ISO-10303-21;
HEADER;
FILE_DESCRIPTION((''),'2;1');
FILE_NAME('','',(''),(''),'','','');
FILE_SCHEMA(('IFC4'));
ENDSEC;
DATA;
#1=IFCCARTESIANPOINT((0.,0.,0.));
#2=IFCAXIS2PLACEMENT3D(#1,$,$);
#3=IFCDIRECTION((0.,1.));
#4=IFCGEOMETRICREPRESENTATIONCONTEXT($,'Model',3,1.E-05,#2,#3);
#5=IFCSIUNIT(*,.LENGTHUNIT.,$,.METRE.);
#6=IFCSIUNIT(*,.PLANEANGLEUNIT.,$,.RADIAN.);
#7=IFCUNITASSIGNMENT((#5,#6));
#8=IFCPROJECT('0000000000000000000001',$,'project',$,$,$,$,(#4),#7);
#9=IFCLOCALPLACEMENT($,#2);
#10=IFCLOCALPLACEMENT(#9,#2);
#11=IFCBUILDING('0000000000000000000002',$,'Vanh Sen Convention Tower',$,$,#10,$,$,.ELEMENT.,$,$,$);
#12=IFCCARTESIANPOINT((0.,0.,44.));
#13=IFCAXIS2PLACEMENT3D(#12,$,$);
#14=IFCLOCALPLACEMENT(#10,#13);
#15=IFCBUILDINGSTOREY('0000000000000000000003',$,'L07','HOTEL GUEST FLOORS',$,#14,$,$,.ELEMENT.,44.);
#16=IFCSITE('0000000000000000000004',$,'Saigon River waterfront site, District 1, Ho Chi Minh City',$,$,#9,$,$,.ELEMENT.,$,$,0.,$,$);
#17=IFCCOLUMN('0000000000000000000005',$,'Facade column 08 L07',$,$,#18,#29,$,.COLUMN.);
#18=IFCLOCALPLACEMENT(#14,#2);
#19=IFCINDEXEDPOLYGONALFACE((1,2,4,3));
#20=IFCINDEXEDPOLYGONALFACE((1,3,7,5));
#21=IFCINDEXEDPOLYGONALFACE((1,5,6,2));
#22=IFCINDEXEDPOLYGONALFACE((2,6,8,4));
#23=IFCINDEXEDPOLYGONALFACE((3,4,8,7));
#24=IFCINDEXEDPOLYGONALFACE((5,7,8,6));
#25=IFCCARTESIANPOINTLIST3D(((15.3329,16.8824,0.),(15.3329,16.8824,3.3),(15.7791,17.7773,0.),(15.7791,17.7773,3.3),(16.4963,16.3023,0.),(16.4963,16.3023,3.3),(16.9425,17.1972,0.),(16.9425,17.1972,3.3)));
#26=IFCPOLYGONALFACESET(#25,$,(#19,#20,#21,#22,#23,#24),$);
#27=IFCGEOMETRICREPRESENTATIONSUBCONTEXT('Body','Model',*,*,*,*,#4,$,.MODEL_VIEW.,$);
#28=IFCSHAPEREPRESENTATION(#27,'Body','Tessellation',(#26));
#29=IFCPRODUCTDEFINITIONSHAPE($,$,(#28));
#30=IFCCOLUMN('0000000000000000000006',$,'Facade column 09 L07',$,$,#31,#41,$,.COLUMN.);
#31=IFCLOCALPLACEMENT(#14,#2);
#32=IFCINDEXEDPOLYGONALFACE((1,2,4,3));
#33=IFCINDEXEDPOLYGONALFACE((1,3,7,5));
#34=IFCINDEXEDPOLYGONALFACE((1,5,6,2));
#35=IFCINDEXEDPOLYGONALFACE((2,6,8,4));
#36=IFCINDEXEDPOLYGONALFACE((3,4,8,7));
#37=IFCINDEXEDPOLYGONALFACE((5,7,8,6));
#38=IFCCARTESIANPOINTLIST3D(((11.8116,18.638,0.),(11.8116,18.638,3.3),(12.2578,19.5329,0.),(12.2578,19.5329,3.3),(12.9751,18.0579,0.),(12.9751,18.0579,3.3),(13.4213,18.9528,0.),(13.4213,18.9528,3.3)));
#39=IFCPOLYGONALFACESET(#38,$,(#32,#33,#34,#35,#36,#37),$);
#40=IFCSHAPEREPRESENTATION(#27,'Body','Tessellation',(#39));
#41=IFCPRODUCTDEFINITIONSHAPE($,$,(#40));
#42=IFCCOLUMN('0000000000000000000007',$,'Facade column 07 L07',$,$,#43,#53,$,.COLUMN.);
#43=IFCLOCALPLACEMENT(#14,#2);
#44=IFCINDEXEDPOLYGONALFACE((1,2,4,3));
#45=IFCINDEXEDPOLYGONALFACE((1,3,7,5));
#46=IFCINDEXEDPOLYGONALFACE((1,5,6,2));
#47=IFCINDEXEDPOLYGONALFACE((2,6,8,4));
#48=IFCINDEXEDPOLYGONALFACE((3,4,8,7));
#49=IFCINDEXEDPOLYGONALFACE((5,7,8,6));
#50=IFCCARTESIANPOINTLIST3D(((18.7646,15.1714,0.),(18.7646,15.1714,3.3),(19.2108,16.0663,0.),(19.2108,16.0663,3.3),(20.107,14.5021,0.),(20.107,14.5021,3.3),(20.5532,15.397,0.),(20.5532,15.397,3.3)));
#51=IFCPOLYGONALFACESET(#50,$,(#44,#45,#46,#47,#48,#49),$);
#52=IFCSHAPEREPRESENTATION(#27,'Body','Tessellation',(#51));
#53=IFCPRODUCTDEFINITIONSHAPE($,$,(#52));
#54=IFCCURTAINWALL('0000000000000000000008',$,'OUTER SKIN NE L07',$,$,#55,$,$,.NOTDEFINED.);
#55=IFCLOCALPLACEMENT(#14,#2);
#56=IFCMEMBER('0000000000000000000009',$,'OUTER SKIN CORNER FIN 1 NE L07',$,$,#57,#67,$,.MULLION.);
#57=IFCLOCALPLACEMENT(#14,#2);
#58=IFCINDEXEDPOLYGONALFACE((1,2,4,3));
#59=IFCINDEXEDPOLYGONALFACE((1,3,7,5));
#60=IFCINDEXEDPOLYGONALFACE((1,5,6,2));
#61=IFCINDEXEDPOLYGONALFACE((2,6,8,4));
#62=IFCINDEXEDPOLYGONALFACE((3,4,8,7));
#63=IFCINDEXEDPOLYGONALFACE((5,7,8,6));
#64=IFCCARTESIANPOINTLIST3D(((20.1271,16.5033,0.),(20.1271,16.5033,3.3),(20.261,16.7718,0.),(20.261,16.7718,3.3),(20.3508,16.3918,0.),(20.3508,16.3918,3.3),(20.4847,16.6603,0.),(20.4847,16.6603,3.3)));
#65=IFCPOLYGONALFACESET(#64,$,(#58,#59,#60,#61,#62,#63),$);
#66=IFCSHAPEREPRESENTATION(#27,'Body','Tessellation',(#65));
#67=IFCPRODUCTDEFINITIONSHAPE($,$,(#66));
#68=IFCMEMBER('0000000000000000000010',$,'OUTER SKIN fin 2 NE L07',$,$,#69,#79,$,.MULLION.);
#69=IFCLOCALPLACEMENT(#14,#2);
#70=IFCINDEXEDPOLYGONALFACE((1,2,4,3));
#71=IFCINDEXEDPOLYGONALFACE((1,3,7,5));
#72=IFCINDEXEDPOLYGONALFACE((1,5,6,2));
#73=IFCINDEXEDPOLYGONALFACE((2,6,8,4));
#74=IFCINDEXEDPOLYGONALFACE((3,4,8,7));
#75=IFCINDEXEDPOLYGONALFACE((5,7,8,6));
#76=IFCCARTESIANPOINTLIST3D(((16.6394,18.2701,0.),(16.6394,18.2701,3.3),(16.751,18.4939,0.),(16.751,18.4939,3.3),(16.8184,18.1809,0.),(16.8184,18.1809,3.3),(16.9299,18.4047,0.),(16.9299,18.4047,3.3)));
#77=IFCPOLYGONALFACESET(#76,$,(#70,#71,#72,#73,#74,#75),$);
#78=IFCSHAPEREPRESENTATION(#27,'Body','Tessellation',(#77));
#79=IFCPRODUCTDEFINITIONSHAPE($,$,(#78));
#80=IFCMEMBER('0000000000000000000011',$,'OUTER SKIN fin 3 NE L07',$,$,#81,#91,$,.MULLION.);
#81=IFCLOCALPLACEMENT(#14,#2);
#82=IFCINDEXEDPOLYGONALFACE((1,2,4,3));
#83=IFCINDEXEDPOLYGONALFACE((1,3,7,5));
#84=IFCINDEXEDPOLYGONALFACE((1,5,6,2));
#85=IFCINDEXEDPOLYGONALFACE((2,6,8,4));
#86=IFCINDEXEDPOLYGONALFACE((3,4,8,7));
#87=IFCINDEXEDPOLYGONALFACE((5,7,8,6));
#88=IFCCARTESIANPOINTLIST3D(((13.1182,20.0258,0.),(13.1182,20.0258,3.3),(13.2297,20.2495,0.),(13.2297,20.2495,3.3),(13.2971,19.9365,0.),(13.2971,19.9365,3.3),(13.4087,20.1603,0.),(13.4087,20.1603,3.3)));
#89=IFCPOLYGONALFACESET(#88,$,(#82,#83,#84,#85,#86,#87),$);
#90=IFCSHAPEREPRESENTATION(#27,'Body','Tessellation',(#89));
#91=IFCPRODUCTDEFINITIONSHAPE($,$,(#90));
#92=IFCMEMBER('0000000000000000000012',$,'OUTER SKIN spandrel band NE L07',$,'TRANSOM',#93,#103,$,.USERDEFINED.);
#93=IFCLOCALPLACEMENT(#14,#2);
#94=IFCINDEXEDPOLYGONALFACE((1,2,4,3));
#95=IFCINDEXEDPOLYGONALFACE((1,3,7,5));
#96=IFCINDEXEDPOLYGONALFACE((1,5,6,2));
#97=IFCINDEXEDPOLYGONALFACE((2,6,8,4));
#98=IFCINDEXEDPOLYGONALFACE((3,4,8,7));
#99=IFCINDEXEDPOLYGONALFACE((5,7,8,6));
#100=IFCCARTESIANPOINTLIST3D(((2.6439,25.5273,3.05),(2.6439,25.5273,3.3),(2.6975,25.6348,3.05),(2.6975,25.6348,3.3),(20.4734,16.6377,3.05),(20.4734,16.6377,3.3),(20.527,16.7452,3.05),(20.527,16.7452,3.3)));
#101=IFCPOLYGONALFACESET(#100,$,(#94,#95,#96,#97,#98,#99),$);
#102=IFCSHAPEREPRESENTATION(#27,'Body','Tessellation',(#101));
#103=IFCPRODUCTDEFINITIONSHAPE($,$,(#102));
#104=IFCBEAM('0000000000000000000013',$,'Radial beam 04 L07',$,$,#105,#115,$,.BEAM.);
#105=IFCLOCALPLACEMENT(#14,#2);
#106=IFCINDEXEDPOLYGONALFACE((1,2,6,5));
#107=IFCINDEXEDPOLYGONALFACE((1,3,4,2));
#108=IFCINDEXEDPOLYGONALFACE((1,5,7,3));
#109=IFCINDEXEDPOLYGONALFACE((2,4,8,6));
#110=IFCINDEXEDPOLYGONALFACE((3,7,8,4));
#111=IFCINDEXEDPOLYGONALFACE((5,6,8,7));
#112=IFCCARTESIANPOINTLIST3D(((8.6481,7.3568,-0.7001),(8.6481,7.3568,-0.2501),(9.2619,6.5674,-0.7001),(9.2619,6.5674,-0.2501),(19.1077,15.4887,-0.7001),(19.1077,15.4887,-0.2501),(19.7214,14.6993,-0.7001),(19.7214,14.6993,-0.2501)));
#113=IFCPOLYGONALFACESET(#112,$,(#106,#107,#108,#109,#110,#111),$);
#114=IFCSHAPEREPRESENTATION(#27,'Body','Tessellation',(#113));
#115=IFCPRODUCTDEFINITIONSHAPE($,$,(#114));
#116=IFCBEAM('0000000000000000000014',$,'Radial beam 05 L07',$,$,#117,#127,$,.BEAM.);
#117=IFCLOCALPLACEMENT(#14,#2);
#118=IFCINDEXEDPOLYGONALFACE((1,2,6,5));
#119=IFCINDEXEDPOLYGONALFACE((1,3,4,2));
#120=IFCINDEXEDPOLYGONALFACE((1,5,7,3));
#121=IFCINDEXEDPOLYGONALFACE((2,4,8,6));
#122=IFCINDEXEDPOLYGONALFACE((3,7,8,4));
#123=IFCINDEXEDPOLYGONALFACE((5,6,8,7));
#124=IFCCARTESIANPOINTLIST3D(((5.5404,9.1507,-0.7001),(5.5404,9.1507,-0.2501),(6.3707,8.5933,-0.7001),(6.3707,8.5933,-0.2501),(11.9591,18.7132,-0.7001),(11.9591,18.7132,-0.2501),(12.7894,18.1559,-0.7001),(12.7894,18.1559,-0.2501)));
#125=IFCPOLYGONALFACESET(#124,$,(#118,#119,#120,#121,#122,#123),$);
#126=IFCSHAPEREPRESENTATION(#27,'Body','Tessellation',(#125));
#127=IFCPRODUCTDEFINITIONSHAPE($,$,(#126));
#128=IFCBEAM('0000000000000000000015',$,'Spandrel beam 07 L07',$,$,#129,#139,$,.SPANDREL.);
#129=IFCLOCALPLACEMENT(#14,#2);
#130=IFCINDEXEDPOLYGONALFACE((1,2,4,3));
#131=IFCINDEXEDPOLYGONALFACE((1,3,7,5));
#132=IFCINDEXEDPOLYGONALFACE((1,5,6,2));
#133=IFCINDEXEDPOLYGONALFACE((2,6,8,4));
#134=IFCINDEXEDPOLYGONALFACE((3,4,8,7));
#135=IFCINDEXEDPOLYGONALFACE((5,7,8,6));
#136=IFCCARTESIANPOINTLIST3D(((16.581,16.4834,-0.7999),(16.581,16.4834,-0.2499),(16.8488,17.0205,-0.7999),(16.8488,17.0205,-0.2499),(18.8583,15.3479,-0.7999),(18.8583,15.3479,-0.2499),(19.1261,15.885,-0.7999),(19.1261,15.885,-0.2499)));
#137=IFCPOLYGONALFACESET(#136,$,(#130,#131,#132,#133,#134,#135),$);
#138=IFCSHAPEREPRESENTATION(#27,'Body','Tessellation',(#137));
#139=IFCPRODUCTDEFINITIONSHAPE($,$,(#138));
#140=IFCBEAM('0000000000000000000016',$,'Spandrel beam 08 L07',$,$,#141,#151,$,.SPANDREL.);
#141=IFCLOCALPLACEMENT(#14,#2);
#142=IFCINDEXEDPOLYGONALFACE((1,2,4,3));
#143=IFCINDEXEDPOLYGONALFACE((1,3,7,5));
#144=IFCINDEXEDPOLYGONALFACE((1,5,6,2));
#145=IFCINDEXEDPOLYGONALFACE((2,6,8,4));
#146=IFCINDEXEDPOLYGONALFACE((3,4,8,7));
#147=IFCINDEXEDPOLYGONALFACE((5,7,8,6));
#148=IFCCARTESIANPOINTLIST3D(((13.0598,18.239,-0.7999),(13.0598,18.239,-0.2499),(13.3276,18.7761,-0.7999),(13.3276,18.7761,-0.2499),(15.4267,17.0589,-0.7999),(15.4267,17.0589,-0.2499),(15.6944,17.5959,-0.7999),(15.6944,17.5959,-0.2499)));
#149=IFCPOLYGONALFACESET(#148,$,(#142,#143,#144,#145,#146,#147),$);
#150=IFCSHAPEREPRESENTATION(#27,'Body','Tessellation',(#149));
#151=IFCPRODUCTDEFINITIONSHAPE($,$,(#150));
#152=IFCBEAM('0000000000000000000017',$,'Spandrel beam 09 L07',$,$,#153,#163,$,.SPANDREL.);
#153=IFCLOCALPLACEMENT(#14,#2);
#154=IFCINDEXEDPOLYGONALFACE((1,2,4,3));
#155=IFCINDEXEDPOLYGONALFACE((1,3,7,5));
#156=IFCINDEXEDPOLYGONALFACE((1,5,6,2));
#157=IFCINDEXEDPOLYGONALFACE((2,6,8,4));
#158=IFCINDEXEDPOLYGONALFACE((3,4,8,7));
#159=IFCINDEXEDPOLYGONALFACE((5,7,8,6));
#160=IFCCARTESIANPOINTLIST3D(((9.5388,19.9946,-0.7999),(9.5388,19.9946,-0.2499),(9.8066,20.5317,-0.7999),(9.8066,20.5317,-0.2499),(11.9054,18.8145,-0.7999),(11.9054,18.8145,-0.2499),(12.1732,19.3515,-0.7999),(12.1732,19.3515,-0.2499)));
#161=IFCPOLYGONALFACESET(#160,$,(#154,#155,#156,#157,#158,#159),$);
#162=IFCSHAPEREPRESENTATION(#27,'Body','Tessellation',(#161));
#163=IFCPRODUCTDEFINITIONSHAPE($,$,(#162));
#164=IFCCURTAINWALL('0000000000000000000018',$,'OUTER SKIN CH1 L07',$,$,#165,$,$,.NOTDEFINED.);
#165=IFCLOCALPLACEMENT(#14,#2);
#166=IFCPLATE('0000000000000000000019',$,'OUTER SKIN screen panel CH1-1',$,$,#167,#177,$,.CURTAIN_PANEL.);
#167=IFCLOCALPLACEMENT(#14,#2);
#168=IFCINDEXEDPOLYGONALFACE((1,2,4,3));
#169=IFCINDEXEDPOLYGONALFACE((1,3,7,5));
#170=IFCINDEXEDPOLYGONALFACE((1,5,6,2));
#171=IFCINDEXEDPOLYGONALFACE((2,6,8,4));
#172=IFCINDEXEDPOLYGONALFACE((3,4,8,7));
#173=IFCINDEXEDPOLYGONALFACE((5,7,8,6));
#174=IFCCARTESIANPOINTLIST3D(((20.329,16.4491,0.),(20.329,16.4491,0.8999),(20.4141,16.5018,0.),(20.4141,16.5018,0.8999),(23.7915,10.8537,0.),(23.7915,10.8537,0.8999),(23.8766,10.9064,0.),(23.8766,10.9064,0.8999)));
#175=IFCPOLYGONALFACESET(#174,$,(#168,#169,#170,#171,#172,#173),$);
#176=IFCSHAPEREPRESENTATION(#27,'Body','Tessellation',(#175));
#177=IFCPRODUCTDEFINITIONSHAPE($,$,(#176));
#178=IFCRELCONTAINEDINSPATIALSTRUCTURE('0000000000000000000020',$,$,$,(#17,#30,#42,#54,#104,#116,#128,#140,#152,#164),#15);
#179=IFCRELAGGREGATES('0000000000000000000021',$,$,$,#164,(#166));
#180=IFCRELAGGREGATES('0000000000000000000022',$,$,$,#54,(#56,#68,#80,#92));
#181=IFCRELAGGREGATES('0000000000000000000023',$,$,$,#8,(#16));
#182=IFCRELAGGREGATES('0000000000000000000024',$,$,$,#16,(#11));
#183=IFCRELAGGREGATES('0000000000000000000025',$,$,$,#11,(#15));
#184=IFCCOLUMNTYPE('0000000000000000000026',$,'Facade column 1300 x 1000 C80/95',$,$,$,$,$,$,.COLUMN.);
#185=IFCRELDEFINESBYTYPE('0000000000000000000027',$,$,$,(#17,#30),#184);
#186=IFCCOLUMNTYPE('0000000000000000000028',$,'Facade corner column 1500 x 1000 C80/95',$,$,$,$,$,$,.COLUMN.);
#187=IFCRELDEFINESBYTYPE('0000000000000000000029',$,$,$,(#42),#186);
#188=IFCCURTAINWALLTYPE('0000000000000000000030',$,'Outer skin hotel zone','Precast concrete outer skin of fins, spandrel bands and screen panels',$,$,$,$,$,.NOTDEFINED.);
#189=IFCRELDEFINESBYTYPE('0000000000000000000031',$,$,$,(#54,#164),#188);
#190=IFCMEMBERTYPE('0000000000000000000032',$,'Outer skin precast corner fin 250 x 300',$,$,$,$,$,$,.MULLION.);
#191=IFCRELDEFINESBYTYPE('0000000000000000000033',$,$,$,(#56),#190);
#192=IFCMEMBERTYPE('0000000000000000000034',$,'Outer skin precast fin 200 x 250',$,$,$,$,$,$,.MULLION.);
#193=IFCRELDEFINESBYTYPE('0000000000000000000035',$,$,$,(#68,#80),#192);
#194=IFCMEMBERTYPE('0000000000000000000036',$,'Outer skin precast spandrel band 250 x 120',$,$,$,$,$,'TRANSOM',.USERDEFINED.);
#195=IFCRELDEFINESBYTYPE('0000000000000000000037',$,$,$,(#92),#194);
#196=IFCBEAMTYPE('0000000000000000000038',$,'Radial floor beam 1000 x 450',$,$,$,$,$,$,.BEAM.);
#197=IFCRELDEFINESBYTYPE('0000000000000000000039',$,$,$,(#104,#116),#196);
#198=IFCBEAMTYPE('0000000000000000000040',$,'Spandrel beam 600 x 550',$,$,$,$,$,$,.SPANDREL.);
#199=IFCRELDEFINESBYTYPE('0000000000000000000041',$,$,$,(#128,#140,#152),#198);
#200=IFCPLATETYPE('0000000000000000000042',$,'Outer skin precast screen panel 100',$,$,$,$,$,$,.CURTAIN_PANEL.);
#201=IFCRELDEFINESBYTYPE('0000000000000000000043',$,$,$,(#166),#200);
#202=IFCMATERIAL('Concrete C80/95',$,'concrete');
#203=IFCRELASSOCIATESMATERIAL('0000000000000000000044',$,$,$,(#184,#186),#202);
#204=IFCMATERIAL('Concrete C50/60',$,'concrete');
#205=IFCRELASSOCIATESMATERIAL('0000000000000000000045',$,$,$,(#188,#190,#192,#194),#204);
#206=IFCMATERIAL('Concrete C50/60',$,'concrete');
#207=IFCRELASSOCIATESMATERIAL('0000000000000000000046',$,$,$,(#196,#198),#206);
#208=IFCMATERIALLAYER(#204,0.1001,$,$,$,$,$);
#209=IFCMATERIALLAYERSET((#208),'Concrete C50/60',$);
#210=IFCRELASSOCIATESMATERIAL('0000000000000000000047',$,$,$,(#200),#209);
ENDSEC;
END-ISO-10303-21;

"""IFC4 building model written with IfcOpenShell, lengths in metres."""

from ifc_helpers import new_model, si_unit, direction, frame, origin, origin_2d, place, context, subcontext, project, spatial, rectangle, extrude, material, layer, layer_set, material_profile, profile_set, type_object, element, aggregate, save


model = new_model("IFC4")

# Units and contexts
model_context = context("Model", 3, precision=1e-05, world=origin(), true_north=direction((0.0, 1.0)))
body_context = subcontext(model_context, "Body", "Model", "MODEL_VIEW")
ifc_project = project(units=[si_unit("LENGTHUNIT", "METRE"), si_unit("PLANEANGLEUNIT", "RADIAN")], contexts=[model_context])

# Site, building, storey
site_placement = place(None, origin())
site = spatial("IfcSite", under=ifc_project, at=site_placement, Name="Saigon River waterfront site, District 1, Ho Chi Minh City", CompositionType="ELEMENT", RefElevation=0.0)
building_placement = place(site_placement, origin())
building = spatial("IfcBuilding", under=site, at=building_placement, Name="Vanh Sen Convention Tower", CompositionType="ELEMENT")
storey_placement = place(building_placement, frame((0.0, 0.0, 44.0)))
storey = spatial("IfcBuildingStorey", under=building, at=storey_placement, Name="L07", Description="HOTEL GUEST FLOORS", CompositionType="ELEMENT", Elevation=44.0)

# Columns
ifc_material_1 = material(Name="Concrete C80/95", Category="concrete")
ifc_material_profile_1 = material_profile(ifc_material_1, rectangle(XDim=1.3, YDim=1.0, at=origin_2d()), Name="RC 1300X1000")
ifc_profile_set_1 = profile_set([ifc_material_profile_1], Name="Concrete C80/95")
column_type_1 = type_object("IfcColumnType", Name="Facade column 1300 x 1000 C80/95", PredefinedType="COLUMN", material=ifc_profile_set_1)
for number, where, z_axis, x_axis, name in (
    (1, (16.1377, 17.0398, 0.0), (0.0, 0.0, 1.0), (-0.894934, 0.446198, 0.0), "Facade column 08 L07"),
    (2, (12.6165, 18.7954, 0.0), (0.0, 0.0, 1.0), (-0.894934, 0.446198, 0.0), "Facade column 09 L07"),
):
    element("IfcColumn", number, at=place(storey_placement, frame(where, z_axis=z_axis, x_axis=x_axis)), inside=storey, type_object=column_type_1, Name=name, PredefinedType="COLUMN", context=body_context, shape_type="SweptSolid", body=[
        extrude(rectangle(XDim=1.3, YDim=1.0, at=origin_2d()), origin(), (0.0, 0.0, 1.0), 3.3),
    ])
ifc_material_profile_2 = material_profile(ifc_material_1, rectangle(XDim=1.5, YDim=1.0, at=origin_2d()), Name="RC 1500X1000")
ifc_profile_set_2 = profile_set([ifc_material_profile_2], Name="Concrete C80/95")
column_type_2 = type_object("IfcColumnType", Name="Facade corner column 1500 x 1000 C80/95", PredefinedType="COLUMN", material=ifc_profile_set_2)
column_placement = place(storey_placement, frame((19.6589, 15.2842, 0.0), z_axis=(0.0, 0.0, 1.0), x_axis=(-0.894934, 0.446198, 0.0)))
element("IfcColumn", 3, at=column_placement, inside=storey, type_object=column_type_2, Name="Facade column 07 L07", PredefinedType="COLUMN", context=body_context, shape_type="SweptSolid", body=[
    extrude(rectangle(XDim=1.5, YDim=1.0, at=origin_2d()), origin(), (0.0, 0.0, 1.0), 3.3),
])

# Curtain wall, members
ifc_material_2 = material(Name="Concrete C50/60", Category="concrete")
curtain_wall_type = type_object("IfcCurtainWallType", Name="Outer skin hotel zone", Description="Precast concrete outer skin of fins, spandrel bands and screen panels", PredefinedType="NOTDEFINED", material=ifc_material_2)
curtain_wall_1_placement = place(storey_placement, origin())
curtain_wall_1 = element("IfcCurtainWall", 4, at=curtain_wall_1_placement, inside=storey, type_object=curtain_wall_type, Name="OUTER SKIN NE L07", PredefinedType="NOTDEFINED")
ifc_material_profile_3 = material_profile(ifc_material_2, rectangle(XDim=0.25, YDim=0.3, at=origin_2d()), Name="Outer skin precast corner fin 250 x 300")
ifc_profile_set_3 = profile_set([ifc_material_profile_3], Name="Concrete C50/60")
member_type_1 = type_object("IfcMemberType", Name="Outer skin precast corner fin 250 x 300", PredefinedType="MULLION", material=ifc_profile_set_3)
member_1_placement = place(storey_placement, frame((20.3059, 16.5818, 0.0), z_axis=(0.0, 0.0, 1.0), x_axis=(-0.894934, 0.446198, 0.0)))
member_1 = element("IfcMember", 5, at=member_1_placement, type_object=member_type_1, Name="OUTER SKIN CORNER FIN 1 NE L07", PredefinedType="MULLION", context=body_context, shape_type="SweptSolid", body=[
    extrude(rectangle(XDim=0.25, YDim=0.3, at=origin_2d()), origin(), (0.0, 0.0, 1.0), 3.3),
])
ifc_material_profile_4 = material_profile(ifc_material_2, rectangle(XDim=0.2, YDim=0.25, at=origin_2d()), Name="Outer skin precast fin 200 x 250")
ifc_profile_set_4 = profile_set([ifc_material_profile_4], Name="Concrete C50/60")
member_type_2 = type_object("IfcMemberType", Name="Outer skin precast fin 200 x 250", PredefinedType="MULLION", material=ifc_profile_set_4)
member_2_placement = place(storey_placement, frame((16.7847, 18.3374, 0.0), z_axis=(0.0, 0.0, 1.0), x_axis=(-0.894934, 0.446198, 0.0)))
member_2 = element("IfcMember", 6, at=member_2_placement, type_object=member_type_2, Name="OUTER SKIN fin 2 NE L07", PredefinedType="MULLION", context=body_context, shape_type="SweptSolid", body=[
    extrude(rectangle(XDim=0.2, YDim=0.25, at=origin_2d()), origin(), (0.0, 0.0, 1.0), 3.3),
])
member_3_placement = place(storey_placement, frame((13.2634, 20.093, 0.0), z_axis=(0.0, 0.0, 1.0), x_axis=(-0.894934, 0.446198, 0.0)))
member_3 = element("IfcMember", 7, at=member_3_placement, type_object=member_type_2, Name="OUTER SKIN fin 3 NE L07", PredefinedType="MULLION", context=body_context, shape_type="SweptSolid", body=[
    extrude(rectangle(XDim=0.2, YDim=0.25, at=origin_2d()), origin(), (0.0, 0.0, 1.0), 3.3),
])
ifc_material_profile_5 = material_profile(ifc_material_2, rectangle(XDim=0.1201, YDim=0.25, at=origin_2d()), Name="Outer skin precast spandrel band 250 x 120")
ifc_profile_set_5 = profile_set([ifc_material_profile_5], Name="Concrete C50/60")
member_type_3 = type_object("IfcMemberType", Name="Outer skin precast spandrel band 250 x 120", ElementType="TRANSOM", PredefinedType="USERDEFINED", material=ifc_profile_set_5)
member_4_placement = place(storey_placement, frame((20.5002, 16.6914, 3.175), z_axis=(-0.894931, 0.446204, 0.0), x_axis=(-0.446204, -0.894931, 0.0)))
member_4 = element("IfcMember", 8, at=member_4_placement, type_object=member_type_3, Name="OUTER SKIN spandrel band NE L07", ObjectType="TRANSOM", PredefinedType="USERDEFINED", context=body_context, shape_type="SweptSolid", body=[
    extrude(rectangle(XDim=0.1201, YDim=0.25, at=origin_2d()), origin(), (0.0, 0.0, 1.0), 19.9229),
])

# Beams
ifc_material_3 = material(Name="Concrete C50/60", Category="concrete")
ifc_material_profile_6 = material_profile(ifc_material_3, rectangle(XDim=1.0, YDim=0.45, at=origin_2d()), Name="RC 1000X450")
ifc_profile_set_6 = profile_set([ifc_material_profile_6], Name="Concrete C50/60")
beam_type_1 = type_object("IfcBeamType", Name="Radial floor beam 1000 x 450", PredefinedType="BEAM", material=ifc_profile_set_6)
beam_1_placement = place(storey_placement, frame((19.4146, 15.094, -0.4751), z_axis=(-0.789473, -0.613785, 0.0), x_axis=(0.613785, -0.789473, 0.0)))
element("IfcBeam", 9, at=beam_1_placement, inside=storey, type_object=beam_type_1, Name="Radial beam 04 L07", PredefinedType="BEAM", context=body_context, shape_type="SweptSolid", body=[
    extrude(rectangle(XDim=1.0, YDim=0.45, at=origin_2d()), origin(), (0.0, 0.0, 1.0), 13.2488),
])
beam_2_placement = place(storey_placement, frame((12.3743, 18.4346, -0.4751), z_axis=(-0.557324, -0.830295, 0.0), x_axis=(0.830295, -0.557324, 0.0)))
element("IfcBeam", 10, at=beam_2_placement, inside=storey, type_object=beam_type_1, Name="Radial beam 05 L07", PredefinedType="BEAM", context=body_context, shape_type="SweptSolid", body=[
    extrude(rectangle(XDim=1.0, YDim=0.45, at=origin_2d()), origin(), (0.0, 0.0, 1.0), 11.5171),
])
ifc_material_profile_7 = material_profile(ifc_material_3, rectangle(XDim=0.6001, YDim=0.55, at=origin_2d()), Name="RC 600X550")
ifc_profile_set_7 = profile_set([ifc_material_profile_7], Name="Concrete C50/60")
beam_type_2 = type_object("IfcBeamType", Name="Spandrel beam 600 x 550", PredefinedType="SPANDREL", material=ifc_profile_set_7)
beam_3_placement = place(storey_placement, frame((18.9922, 15.6165, -0.5249), z_axis=(-0.894926, 0.446216, 0.0), x_axis=(-0.446216, -0.894926, 0.0)))
element("IfcBeam", 11, at=beam_3_placement, inside=storey, type_object=beam_type_2, Name="Spandrel beam 07 L07", PredefinedType="SPANDREL", context=body_context, shape_type="SweptSolid", body=[
    extrude(rectangle(XDim=0.6001, YDim=0.55, at=origin_2d()), origin(), (0.0, 0.0, 1.0), 2.5447),
])
beam_4_placement = place(storey_placement, frame((15.5605, 17.3274, -0.5249), z_axis=(-0.894925, 0.446216, 0.0), x_axis=(-0.446216, -0.894925, 0.0)))
element("IfcBeam", 12, at=beam_4_placement, inside=storey, type_object=beam_type_2, Name="Spandrel beam 08 L07", PredefinedType="SPANDREL", context=body_context, shape_type="SweptSolid", body=[
    extrude(rectangle(XDim=0.6001, YDim=0.55, at=origin_2d()), origin(), (0.0, 0.0, 1.0), 2.6448),
])
beam_5_placement = place(storey_placement, frame((12.0393, 19.083, -0.5249), z_axis=(-0.894907, 0.446253, 0.0), x_axis=(-0.446253, -0.894907, 0.0)))
element("IfcBeam", 13, at=beam_5_placement, inside=storey, type_object=beam_type_2, Name="Spandrel beam 09 L07", PredefinedType="SPANDREL", context=body_context, shape_type="SweptSolid", body=[
    extrude(rectangle(XDim=0.6001, YDim=0.55, at=origin_2d()), origin(), (0.0, 0.0, 1.0), 2.6445),
])

# Curtain wall, plate
curtain_wall_2_placement = place(storey_placement, origin())
curtain_wall_2 = element("IfcCurtainWall", 14, at=curtain_wall_2_placement, inside=storey, type_object=curtain_wall_type, Name="OUTER SKIN CH1 L07", PredefinedType="NOTDEFINED")
ifc_layer_1 = layer(ifc_material_2, 0.1001)
ifc_layer_set_1 = layer_set([ifc_layer_1], Name="Concrete C50/60")
plate_type = type_object("IfcPlateType", Name="Outer skin precast screen panel 100", PredefinedType="CURTAIN_PANEL", material=ifc_layer_set_1)
plate_1_placement = place(storey_placement, frame((22.1028, 13.6777, 0.0), z_axis=(0.0, 0.0, 1.0), x_axis=(-0.526212, 0.850353, 0.0)))
plate_1 = element("IfcPlate", 15, at=plate_1_placement, type_object=plate_type, Name="OUTER SKIN screen panel CH1-1", PredefinedType="CURTAIN_PANEL", context=body_context, shape_type="SweptSolid", body=[
    extrude(rectangle(XDim=6.5801, YDim=0.1001, at=origin_2d()), origin(), (0.0, 0.0, 1.0), 0.8999),
])
aggregate(curtain_wall_2, [plate_1])

aggregate(curtain_wall_1, [member_1, member_2, member_3, member_4])

save(model, "model.ifc")
